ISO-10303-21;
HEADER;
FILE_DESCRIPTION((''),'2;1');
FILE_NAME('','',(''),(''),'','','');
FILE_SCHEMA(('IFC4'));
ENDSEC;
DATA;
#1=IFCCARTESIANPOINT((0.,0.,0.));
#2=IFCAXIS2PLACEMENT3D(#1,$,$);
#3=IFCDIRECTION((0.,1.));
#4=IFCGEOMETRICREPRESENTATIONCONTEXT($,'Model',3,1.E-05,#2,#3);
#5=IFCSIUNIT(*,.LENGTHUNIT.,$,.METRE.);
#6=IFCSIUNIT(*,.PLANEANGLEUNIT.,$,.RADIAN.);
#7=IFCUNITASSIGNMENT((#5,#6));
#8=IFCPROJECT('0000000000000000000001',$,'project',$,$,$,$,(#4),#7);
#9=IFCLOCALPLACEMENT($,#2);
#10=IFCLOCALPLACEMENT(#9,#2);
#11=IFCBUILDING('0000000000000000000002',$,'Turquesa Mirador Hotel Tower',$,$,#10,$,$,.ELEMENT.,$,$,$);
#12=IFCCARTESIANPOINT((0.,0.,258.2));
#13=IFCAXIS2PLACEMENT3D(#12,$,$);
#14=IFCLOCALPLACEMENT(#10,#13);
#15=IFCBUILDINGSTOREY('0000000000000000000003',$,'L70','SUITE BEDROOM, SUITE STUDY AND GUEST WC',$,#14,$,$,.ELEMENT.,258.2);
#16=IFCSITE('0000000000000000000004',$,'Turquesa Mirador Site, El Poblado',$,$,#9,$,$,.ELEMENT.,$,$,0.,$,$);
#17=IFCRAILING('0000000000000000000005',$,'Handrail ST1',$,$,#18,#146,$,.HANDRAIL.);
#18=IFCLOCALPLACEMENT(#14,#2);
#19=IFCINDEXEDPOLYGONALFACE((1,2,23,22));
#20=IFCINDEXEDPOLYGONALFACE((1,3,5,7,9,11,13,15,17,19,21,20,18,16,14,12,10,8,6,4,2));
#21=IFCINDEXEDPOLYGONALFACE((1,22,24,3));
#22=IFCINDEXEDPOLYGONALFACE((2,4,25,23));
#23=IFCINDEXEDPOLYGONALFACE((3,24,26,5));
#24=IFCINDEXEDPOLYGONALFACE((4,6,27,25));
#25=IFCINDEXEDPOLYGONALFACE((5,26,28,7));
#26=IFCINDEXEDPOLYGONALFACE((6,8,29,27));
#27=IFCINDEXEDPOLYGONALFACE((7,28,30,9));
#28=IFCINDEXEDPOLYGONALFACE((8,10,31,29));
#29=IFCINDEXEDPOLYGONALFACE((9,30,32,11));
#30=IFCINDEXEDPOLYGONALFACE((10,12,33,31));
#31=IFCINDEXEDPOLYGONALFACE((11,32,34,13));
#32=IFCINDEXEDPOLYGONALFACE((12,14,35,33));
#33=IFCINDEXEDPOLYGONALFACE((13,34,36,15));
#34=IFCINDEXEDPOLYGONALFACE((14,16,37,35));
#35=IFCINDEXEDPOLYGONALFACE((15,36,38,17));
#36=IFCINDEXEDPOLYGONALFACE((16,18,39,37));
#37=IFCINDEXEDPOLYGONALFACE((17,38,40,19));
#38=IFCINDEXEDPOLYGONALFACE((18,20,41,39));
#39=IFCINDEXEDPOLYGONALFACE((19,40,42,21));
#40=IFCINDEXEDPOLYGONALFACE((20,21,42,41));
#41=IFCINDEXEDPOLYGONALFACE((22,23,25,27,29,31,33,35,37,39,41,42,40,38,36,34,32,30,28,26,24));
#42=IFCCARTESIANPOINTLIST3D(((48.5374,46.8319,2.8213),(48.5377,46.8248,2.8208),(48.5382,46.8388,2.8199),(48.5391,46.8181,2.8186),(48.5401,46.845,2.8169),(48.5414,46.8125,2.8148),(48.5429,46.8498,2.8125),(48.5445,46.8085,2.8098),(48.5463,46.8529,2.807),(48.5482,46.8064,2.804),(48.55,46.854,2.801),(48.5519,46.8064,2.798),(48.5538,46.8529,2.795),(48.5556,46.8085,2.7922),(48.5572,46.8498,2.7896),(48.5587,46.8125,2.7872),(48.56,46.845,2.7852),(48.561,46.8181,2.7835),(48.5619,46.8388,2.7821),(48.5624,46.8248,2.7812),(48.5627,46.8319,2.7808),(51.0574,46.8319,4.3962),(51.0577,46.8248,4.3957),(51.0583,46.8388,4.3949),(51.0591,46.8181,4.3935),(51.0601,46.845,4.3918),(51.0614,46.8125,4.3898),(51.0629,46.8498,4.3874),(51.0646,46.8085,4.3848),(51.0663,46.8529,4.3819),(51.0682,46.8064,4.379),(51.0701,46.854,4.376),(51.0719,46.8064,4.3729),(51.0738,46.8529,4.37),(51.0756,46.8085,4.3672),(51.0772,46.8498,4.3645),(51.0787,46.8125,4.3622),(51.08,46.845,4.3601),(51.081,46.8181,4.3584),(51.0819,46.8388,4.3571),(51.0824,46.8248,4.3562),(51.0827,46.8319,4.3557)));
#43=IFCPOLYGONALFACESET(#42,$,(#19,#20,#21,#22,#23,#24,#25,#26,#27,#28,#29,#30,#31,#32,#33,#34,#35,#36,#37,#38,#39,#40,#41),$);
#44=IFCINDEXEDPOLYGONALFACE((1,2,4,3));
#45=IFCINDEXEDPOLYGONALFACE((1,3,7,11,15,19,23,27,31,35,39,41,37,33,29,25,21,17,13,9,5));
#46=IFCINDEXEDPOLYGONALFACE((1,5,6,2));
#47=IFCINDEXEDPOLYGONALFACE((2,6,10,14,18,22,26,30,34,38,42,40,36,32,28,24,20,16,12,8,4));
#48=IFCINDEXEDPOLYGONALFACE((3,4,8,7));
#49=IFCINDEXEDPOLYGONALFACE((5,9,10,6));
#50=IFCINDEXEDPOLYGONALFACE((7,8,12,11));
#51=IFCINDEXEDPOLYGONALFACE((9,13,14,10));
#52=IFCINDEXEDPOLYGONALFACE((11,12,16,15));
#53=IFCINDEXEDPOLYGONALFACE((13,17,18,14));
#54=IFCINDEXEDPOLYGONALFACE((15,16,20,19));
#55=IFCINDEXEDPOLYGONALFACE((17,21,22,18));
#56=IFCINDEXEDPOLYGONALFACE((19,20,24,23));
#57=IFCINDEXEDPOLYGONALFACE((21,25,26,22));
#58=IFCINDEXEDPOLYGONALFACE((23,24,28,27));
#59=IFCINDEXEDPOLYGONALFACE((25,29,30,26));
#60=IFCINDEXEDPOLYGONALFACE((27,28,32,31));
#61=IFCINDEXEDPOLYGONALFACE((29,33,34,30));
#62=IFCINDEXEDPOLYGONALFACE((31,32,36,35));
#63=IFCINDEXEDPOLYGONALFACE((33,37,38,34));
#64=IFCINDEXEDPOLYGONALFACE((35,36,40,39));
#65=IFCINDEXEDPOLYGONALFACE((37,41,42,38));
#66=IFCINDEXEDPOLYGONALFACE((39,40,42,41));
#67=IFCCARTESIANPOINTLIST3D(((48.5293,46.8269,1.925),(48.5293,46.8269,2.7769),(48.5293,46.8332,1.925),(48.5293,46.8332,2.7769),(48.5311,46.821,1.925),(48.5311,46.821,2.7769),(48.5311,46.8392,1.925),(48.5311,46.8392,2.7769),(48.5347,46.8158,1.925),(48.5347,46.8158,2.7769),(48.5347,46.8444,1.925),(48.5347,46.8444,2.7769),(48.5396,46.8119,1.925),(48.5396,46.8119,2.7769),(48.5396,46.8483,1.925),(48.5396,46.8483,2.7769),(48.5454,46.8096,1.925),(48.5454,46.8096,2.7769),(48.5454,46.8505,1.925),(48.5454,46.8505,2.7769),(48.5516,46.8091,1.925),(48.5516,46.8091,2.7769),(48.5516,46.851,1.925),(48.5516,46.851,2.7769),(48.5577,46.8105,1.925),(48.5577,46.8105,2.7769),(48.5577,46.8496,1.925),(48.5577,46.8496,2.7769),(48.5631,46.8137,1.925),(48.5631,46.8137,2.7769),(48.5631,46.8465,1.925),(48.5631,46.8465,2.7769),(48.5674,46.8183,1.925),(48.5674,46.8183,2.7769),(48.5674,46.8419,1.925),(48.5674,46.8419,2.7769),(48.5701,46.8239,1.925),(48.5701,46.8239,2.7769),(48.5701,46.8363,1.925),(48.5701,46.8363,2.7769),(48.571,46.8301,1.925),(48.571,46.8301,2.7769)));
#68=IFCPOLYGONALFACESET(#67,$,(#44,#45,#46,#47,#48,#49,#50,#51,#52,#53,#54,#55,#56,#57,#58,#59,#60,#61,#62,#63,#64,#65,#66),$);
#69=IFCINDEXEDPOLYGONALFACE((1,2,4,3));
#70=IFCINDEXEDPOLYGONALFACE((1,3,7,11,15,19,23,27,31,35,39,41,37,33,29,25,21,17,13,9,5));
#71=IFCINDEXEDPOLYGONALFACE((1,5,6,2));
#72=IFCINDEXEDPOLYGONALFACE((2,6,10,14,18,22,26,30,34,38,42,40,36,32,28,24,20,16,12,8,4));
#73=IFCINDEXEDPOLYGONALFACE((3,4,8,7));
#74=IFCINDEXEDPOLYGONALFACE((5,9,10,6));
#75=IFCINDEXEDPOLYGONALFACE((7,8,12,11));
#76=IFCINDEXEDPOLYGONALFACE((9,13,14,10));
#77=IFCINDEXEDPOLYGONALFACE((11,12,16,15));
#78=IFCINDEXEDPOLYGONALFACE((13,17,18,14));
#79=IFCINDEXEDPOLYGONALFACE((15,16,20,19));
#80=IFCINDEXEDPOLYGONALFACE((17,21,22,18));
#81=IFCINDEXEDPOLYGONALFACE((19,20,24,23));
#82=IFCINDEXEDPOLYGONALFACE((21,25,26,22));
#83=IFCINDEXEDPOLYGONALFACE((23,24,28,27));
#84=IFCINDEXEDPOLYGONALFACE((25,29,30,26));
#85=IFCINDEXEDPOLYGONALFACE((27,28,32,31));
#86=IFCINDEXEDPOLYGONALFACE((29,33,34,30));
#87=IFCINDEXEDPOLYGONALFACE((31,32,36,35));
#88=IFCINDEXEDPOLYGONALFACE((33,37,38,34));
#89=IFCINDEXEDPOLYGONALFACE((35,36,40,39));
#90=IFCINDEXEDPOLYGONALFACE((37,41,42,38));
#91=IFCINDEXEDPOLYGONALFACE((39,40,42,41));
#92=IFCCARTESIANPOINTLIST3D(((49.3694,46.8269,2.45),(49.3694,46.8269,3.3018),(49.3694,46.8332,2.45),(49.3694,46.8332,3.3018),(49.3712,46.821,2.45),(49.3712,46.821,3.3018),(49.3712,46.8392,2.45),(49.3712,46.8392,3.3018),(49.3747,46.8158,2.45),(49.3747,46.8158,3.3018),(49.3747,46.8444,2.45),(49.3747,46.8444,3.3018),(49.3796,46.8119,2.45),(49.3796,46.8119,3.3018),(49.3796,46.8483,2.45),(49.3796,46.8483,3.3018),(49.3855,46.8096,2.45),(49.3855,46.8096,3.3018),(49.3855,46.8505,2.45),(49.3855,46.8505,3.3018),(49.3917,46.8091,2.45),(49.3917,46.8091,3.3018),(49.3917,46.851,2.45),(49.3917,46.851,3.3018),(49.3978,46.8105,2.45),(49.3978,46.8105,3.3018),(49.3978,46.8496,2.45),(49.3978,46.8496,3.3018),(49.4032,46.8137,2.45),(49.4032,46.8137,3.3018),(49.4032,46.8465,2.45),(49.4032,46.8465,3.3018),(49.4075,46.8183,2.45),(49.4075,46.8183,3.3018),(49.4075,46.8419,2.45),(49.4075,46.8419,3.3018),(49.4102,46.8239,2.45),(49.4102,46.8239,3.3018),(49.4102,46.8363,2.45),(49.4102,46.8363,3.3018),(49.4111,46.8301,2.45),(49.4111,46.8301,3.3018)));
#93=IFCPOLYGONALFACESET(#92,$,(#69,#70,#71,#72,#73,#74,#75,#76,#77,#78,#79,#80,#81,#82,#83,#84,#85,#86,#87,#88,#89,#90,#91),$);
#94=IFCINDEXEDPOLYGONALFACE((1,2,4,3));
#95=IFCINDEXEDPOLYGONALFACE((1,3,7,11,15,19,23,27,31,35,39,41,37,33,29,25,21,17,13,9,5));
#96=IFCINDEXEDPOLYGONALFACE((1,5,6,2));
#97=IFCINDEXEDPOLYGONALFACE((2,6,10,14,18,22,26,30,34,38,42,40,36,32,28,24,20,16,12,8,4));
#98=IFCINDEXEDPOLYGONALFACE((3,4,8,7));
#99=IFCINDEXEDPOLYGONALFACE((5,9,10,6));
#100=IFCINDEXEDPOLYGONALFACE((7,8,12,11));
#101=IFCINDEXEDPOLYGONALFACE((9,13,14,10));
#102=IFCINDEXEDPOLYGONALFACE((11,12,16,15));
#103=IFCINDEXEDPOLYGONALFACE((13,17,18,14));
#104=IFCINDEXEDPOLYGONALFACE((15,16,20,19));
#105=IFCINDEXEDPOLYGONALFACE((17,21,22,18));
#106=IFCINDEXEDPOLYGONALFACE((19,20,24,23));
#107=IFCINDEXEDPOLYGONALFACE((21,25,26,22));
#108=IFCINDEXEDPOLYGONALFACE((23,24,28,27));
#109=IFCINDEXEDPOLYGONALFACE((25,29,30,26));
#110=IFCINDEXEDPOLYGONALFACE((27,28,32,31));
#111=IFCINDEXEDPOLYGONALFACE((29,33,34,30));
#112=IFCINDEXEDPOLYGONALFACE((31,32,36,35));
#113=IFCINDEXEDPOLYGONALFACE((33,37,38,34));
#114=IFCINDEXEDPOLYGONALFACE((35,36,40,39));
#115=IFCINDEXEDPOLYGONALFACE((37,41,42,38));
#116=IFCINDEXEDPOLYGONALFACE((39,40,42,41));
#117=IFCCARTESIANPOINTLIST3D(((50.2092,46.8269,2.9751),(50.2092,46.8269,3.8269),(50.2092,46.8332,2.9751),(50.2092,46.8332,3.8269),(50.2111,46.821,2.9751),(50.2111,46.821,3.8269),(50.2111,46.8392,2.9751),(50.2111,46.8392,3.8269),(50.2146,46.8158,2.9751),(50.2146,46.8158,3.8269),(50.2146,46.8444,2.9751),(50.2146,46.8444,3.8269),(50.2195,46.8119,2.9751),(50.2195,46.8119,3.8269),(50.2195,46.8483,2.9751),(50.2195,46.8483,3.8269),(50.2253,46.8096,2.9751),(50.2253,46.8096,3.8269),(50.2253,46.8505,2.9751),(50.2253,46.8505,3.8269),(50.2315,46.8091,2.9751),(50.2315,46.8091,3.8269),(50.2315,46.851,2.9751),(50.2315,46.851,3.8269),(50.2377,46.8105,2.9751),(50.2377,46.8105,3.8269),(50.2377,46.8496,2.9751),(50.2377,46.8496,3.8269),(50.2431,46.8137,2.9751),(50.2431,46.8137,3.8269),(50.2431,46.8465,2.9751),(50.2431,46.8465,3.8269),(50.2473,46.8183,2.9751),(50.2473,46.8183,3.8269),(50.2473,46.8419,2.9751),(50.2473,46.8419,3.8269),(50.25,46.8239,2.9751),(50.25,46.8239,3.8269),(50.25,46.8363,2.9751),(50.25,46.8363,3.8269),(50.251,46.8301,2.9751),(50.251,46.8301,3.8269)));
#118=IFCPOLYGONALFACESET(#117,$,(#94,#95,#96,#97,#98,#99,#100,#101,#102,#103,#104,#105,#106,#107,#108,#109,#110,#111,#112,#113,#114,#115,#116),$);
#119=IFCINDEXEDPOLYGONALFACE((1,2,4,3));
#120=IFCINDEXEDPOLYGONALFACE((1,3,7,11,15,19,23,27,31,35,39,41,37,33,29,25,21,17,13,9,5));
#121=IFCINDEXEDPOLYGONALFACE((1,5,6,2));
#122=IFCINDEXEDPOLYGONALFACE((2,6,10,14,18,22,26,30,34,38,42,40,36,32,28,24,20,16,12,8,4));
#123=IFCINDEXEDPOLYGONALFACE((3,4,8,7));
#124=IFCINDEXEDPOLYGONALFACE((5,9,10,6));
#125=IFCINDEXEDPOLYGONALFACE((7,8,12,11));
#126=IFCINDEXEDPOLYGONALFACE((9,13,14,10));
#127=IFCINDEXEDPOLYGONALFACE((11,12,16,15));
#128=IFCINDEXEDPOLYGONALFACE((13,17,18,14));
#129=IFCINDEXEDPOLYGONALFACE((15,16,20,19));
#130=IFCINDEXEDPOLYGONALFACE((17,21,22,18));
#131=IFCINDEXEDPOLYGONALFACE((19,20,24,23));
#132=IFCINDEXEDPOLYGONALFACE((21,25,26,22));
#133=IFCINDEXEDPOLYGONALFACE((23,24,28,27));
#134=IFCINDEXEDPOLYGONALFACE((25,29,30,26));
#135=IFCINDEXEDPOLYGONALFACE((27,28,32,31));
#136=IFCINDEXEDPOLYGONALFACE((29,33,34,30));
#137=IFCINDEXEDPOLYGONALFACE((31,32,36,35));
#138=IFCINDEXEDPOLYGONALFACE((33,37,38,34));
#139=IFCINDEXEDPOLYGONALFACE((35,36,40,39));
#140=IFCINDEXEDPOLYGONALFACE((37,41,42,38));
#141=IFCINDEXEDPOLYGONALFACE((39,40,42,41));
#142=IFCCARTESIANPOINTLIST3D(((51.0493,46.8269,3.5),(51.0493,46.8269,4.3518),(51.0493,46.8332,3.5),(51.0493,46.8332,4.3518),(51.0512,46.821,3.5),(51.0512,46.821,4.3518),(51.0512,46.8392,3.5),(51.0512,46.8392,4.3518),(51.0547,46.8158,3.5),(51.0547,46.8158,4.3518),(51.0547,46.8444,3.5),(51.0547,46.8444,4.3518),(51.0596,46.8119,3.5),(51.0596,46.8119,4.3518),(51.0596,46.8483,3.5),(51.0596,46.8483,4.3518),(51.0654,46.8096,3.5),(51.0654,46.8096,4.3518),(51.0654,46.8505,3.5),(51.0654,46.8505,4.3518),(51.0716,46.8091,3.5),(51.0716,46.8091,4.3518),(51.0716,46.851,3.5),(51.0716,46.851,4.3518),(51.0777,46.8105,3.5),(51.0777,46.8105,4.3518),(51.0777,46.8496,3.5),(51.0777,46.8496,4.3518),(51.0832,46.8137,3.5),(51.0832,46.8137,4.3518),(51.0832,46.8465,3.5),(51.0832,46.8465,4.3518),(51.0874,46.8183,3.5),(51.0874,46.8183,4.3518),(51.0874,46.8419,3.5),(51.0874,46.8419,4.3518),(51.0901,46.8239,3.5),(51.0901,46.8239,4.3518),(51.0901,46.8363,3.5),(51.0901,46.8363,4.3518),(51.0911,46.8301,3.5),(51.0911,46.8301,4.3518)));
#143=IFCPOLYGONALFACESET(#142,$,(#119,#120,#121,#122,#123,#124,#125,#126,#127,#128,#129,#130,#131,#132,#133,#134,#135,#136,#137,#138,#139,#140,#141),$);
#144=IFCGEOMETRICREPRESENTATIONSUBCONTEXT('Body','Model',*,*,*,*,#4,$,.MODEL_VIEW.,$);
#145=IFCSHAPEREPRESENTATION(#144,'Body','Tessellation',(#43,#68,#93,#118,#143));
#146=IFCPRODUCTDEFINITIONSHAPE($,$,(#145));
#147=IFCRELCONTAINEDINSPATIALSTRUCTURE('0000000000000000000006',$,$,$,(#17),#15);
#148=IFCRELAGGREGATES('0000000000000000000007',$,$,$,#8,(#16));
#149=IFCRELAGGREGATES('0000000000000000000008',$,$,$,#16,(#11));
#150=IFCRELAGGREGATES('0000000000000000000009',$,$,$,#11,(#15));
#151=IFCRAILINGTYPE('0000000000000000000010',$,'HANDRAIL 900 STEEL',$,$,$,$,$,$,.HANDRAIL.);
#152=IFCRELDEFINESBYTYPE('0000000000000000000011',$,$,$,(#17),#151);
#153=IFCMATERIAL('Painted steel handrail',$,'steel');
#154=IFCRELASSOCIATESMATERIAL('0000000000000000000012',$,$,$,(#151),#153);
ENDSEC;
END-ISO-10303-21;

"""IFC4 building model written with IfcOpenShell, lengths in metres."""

from ifc_helpers import new_model, si_unit, direction, frame, origin, origin_2d, place, context, subcontext, project, spatial, circle, extrude, material, type_object, element, save


model = new_model("IFC4")

# Units and contexts
model_context = context("Model", 3, precision=1e-05, world=origin(), true_north=direction((0.0, 1.0)))
body_context = subcontext(model_context, "Body", "Model", "MODEL_VIEW")
ifc_project = project(units=[si_unit("LENGTHUNIT", "METRE"), si_unit("PLANEANGLEUNIT", "RADIAN")], contexts=[model_context])

# Site, building, storey
site_placement = place(None, origin())
site = spatial("IfcSite", under=ifc_project, at=site_placement, Name="Turquesa Mirador Site, El Poblado", CompositionType="ELEMENT", RefElevation=0.0)
building_placement = place(site_placement, origin())
building = spatial("IfcBuilding", under=site, at=building_placement, Name="Turquesa Mirador Hotel Tower", CompositionType="ELEMENT")
storey_placement = place(building_placement, frame((0.0, 0.0, 258.2)))
storey = spatial("IfcBuildingStorey", under=building, at=storey_placement, Name="L70", Description="SUITE BEDROOM, SUITE STUDY AND GUEST WC", CompositionType="ELEMENT", Elevation=258.2)

# Railing
ifc_material_1 = material(Name="Painted steel handrail", Category="steel")
railing_type = type_object("IfcRailingType", Name="HANDRAIL 900 STEEL", PredefinedType="HANDRAIL", material=ifc_material_1)
for number, where, name in (
    (1, (48.55, 46.8301, 1.925), "Handrail ST1"),
):
    element("IfcRailing", number, at=place(storey_placement, frame(where)), inside=storey, type_object=railing_type, Name=name, PredefinedType="HANDRAIL", context=body_context, shape_type="SweptSolid", body=[
        extrude(circle(Radius=0.0239, at=origin_2d()), frame((0.0, 0.0, 0.876), z_axis=(0.848008, 0.0, 0.529984), x_axis=(0.0, 1.0, 0.0)), (0.0, 0.0, 1.0), 2.9717),
        extrude(circle(Radius=0.021, at=origin_2d()), origin(), (0.0, 0.0, 1.0), 0.8518),
        extrude(circle(Radius=0.021, at=origin_2d()), frame((0.8401, 0.0, 0.5249)), (0.0, 0.0, 1.0), 0.8518),
        extrude(circle(Radius=0.021, at=origin_2d()), frame((1.6799, 0.0, 1.05)), (0.0, 0.0, 1.0), 0.8518),
        extrude(circle(Radius=0.021, at=origin_2d()), frame((2.52, 0.0, 1.575)), (0.0, 0.0, 1.0), 0.8518),
    ])

save(model, "model.ifc")
